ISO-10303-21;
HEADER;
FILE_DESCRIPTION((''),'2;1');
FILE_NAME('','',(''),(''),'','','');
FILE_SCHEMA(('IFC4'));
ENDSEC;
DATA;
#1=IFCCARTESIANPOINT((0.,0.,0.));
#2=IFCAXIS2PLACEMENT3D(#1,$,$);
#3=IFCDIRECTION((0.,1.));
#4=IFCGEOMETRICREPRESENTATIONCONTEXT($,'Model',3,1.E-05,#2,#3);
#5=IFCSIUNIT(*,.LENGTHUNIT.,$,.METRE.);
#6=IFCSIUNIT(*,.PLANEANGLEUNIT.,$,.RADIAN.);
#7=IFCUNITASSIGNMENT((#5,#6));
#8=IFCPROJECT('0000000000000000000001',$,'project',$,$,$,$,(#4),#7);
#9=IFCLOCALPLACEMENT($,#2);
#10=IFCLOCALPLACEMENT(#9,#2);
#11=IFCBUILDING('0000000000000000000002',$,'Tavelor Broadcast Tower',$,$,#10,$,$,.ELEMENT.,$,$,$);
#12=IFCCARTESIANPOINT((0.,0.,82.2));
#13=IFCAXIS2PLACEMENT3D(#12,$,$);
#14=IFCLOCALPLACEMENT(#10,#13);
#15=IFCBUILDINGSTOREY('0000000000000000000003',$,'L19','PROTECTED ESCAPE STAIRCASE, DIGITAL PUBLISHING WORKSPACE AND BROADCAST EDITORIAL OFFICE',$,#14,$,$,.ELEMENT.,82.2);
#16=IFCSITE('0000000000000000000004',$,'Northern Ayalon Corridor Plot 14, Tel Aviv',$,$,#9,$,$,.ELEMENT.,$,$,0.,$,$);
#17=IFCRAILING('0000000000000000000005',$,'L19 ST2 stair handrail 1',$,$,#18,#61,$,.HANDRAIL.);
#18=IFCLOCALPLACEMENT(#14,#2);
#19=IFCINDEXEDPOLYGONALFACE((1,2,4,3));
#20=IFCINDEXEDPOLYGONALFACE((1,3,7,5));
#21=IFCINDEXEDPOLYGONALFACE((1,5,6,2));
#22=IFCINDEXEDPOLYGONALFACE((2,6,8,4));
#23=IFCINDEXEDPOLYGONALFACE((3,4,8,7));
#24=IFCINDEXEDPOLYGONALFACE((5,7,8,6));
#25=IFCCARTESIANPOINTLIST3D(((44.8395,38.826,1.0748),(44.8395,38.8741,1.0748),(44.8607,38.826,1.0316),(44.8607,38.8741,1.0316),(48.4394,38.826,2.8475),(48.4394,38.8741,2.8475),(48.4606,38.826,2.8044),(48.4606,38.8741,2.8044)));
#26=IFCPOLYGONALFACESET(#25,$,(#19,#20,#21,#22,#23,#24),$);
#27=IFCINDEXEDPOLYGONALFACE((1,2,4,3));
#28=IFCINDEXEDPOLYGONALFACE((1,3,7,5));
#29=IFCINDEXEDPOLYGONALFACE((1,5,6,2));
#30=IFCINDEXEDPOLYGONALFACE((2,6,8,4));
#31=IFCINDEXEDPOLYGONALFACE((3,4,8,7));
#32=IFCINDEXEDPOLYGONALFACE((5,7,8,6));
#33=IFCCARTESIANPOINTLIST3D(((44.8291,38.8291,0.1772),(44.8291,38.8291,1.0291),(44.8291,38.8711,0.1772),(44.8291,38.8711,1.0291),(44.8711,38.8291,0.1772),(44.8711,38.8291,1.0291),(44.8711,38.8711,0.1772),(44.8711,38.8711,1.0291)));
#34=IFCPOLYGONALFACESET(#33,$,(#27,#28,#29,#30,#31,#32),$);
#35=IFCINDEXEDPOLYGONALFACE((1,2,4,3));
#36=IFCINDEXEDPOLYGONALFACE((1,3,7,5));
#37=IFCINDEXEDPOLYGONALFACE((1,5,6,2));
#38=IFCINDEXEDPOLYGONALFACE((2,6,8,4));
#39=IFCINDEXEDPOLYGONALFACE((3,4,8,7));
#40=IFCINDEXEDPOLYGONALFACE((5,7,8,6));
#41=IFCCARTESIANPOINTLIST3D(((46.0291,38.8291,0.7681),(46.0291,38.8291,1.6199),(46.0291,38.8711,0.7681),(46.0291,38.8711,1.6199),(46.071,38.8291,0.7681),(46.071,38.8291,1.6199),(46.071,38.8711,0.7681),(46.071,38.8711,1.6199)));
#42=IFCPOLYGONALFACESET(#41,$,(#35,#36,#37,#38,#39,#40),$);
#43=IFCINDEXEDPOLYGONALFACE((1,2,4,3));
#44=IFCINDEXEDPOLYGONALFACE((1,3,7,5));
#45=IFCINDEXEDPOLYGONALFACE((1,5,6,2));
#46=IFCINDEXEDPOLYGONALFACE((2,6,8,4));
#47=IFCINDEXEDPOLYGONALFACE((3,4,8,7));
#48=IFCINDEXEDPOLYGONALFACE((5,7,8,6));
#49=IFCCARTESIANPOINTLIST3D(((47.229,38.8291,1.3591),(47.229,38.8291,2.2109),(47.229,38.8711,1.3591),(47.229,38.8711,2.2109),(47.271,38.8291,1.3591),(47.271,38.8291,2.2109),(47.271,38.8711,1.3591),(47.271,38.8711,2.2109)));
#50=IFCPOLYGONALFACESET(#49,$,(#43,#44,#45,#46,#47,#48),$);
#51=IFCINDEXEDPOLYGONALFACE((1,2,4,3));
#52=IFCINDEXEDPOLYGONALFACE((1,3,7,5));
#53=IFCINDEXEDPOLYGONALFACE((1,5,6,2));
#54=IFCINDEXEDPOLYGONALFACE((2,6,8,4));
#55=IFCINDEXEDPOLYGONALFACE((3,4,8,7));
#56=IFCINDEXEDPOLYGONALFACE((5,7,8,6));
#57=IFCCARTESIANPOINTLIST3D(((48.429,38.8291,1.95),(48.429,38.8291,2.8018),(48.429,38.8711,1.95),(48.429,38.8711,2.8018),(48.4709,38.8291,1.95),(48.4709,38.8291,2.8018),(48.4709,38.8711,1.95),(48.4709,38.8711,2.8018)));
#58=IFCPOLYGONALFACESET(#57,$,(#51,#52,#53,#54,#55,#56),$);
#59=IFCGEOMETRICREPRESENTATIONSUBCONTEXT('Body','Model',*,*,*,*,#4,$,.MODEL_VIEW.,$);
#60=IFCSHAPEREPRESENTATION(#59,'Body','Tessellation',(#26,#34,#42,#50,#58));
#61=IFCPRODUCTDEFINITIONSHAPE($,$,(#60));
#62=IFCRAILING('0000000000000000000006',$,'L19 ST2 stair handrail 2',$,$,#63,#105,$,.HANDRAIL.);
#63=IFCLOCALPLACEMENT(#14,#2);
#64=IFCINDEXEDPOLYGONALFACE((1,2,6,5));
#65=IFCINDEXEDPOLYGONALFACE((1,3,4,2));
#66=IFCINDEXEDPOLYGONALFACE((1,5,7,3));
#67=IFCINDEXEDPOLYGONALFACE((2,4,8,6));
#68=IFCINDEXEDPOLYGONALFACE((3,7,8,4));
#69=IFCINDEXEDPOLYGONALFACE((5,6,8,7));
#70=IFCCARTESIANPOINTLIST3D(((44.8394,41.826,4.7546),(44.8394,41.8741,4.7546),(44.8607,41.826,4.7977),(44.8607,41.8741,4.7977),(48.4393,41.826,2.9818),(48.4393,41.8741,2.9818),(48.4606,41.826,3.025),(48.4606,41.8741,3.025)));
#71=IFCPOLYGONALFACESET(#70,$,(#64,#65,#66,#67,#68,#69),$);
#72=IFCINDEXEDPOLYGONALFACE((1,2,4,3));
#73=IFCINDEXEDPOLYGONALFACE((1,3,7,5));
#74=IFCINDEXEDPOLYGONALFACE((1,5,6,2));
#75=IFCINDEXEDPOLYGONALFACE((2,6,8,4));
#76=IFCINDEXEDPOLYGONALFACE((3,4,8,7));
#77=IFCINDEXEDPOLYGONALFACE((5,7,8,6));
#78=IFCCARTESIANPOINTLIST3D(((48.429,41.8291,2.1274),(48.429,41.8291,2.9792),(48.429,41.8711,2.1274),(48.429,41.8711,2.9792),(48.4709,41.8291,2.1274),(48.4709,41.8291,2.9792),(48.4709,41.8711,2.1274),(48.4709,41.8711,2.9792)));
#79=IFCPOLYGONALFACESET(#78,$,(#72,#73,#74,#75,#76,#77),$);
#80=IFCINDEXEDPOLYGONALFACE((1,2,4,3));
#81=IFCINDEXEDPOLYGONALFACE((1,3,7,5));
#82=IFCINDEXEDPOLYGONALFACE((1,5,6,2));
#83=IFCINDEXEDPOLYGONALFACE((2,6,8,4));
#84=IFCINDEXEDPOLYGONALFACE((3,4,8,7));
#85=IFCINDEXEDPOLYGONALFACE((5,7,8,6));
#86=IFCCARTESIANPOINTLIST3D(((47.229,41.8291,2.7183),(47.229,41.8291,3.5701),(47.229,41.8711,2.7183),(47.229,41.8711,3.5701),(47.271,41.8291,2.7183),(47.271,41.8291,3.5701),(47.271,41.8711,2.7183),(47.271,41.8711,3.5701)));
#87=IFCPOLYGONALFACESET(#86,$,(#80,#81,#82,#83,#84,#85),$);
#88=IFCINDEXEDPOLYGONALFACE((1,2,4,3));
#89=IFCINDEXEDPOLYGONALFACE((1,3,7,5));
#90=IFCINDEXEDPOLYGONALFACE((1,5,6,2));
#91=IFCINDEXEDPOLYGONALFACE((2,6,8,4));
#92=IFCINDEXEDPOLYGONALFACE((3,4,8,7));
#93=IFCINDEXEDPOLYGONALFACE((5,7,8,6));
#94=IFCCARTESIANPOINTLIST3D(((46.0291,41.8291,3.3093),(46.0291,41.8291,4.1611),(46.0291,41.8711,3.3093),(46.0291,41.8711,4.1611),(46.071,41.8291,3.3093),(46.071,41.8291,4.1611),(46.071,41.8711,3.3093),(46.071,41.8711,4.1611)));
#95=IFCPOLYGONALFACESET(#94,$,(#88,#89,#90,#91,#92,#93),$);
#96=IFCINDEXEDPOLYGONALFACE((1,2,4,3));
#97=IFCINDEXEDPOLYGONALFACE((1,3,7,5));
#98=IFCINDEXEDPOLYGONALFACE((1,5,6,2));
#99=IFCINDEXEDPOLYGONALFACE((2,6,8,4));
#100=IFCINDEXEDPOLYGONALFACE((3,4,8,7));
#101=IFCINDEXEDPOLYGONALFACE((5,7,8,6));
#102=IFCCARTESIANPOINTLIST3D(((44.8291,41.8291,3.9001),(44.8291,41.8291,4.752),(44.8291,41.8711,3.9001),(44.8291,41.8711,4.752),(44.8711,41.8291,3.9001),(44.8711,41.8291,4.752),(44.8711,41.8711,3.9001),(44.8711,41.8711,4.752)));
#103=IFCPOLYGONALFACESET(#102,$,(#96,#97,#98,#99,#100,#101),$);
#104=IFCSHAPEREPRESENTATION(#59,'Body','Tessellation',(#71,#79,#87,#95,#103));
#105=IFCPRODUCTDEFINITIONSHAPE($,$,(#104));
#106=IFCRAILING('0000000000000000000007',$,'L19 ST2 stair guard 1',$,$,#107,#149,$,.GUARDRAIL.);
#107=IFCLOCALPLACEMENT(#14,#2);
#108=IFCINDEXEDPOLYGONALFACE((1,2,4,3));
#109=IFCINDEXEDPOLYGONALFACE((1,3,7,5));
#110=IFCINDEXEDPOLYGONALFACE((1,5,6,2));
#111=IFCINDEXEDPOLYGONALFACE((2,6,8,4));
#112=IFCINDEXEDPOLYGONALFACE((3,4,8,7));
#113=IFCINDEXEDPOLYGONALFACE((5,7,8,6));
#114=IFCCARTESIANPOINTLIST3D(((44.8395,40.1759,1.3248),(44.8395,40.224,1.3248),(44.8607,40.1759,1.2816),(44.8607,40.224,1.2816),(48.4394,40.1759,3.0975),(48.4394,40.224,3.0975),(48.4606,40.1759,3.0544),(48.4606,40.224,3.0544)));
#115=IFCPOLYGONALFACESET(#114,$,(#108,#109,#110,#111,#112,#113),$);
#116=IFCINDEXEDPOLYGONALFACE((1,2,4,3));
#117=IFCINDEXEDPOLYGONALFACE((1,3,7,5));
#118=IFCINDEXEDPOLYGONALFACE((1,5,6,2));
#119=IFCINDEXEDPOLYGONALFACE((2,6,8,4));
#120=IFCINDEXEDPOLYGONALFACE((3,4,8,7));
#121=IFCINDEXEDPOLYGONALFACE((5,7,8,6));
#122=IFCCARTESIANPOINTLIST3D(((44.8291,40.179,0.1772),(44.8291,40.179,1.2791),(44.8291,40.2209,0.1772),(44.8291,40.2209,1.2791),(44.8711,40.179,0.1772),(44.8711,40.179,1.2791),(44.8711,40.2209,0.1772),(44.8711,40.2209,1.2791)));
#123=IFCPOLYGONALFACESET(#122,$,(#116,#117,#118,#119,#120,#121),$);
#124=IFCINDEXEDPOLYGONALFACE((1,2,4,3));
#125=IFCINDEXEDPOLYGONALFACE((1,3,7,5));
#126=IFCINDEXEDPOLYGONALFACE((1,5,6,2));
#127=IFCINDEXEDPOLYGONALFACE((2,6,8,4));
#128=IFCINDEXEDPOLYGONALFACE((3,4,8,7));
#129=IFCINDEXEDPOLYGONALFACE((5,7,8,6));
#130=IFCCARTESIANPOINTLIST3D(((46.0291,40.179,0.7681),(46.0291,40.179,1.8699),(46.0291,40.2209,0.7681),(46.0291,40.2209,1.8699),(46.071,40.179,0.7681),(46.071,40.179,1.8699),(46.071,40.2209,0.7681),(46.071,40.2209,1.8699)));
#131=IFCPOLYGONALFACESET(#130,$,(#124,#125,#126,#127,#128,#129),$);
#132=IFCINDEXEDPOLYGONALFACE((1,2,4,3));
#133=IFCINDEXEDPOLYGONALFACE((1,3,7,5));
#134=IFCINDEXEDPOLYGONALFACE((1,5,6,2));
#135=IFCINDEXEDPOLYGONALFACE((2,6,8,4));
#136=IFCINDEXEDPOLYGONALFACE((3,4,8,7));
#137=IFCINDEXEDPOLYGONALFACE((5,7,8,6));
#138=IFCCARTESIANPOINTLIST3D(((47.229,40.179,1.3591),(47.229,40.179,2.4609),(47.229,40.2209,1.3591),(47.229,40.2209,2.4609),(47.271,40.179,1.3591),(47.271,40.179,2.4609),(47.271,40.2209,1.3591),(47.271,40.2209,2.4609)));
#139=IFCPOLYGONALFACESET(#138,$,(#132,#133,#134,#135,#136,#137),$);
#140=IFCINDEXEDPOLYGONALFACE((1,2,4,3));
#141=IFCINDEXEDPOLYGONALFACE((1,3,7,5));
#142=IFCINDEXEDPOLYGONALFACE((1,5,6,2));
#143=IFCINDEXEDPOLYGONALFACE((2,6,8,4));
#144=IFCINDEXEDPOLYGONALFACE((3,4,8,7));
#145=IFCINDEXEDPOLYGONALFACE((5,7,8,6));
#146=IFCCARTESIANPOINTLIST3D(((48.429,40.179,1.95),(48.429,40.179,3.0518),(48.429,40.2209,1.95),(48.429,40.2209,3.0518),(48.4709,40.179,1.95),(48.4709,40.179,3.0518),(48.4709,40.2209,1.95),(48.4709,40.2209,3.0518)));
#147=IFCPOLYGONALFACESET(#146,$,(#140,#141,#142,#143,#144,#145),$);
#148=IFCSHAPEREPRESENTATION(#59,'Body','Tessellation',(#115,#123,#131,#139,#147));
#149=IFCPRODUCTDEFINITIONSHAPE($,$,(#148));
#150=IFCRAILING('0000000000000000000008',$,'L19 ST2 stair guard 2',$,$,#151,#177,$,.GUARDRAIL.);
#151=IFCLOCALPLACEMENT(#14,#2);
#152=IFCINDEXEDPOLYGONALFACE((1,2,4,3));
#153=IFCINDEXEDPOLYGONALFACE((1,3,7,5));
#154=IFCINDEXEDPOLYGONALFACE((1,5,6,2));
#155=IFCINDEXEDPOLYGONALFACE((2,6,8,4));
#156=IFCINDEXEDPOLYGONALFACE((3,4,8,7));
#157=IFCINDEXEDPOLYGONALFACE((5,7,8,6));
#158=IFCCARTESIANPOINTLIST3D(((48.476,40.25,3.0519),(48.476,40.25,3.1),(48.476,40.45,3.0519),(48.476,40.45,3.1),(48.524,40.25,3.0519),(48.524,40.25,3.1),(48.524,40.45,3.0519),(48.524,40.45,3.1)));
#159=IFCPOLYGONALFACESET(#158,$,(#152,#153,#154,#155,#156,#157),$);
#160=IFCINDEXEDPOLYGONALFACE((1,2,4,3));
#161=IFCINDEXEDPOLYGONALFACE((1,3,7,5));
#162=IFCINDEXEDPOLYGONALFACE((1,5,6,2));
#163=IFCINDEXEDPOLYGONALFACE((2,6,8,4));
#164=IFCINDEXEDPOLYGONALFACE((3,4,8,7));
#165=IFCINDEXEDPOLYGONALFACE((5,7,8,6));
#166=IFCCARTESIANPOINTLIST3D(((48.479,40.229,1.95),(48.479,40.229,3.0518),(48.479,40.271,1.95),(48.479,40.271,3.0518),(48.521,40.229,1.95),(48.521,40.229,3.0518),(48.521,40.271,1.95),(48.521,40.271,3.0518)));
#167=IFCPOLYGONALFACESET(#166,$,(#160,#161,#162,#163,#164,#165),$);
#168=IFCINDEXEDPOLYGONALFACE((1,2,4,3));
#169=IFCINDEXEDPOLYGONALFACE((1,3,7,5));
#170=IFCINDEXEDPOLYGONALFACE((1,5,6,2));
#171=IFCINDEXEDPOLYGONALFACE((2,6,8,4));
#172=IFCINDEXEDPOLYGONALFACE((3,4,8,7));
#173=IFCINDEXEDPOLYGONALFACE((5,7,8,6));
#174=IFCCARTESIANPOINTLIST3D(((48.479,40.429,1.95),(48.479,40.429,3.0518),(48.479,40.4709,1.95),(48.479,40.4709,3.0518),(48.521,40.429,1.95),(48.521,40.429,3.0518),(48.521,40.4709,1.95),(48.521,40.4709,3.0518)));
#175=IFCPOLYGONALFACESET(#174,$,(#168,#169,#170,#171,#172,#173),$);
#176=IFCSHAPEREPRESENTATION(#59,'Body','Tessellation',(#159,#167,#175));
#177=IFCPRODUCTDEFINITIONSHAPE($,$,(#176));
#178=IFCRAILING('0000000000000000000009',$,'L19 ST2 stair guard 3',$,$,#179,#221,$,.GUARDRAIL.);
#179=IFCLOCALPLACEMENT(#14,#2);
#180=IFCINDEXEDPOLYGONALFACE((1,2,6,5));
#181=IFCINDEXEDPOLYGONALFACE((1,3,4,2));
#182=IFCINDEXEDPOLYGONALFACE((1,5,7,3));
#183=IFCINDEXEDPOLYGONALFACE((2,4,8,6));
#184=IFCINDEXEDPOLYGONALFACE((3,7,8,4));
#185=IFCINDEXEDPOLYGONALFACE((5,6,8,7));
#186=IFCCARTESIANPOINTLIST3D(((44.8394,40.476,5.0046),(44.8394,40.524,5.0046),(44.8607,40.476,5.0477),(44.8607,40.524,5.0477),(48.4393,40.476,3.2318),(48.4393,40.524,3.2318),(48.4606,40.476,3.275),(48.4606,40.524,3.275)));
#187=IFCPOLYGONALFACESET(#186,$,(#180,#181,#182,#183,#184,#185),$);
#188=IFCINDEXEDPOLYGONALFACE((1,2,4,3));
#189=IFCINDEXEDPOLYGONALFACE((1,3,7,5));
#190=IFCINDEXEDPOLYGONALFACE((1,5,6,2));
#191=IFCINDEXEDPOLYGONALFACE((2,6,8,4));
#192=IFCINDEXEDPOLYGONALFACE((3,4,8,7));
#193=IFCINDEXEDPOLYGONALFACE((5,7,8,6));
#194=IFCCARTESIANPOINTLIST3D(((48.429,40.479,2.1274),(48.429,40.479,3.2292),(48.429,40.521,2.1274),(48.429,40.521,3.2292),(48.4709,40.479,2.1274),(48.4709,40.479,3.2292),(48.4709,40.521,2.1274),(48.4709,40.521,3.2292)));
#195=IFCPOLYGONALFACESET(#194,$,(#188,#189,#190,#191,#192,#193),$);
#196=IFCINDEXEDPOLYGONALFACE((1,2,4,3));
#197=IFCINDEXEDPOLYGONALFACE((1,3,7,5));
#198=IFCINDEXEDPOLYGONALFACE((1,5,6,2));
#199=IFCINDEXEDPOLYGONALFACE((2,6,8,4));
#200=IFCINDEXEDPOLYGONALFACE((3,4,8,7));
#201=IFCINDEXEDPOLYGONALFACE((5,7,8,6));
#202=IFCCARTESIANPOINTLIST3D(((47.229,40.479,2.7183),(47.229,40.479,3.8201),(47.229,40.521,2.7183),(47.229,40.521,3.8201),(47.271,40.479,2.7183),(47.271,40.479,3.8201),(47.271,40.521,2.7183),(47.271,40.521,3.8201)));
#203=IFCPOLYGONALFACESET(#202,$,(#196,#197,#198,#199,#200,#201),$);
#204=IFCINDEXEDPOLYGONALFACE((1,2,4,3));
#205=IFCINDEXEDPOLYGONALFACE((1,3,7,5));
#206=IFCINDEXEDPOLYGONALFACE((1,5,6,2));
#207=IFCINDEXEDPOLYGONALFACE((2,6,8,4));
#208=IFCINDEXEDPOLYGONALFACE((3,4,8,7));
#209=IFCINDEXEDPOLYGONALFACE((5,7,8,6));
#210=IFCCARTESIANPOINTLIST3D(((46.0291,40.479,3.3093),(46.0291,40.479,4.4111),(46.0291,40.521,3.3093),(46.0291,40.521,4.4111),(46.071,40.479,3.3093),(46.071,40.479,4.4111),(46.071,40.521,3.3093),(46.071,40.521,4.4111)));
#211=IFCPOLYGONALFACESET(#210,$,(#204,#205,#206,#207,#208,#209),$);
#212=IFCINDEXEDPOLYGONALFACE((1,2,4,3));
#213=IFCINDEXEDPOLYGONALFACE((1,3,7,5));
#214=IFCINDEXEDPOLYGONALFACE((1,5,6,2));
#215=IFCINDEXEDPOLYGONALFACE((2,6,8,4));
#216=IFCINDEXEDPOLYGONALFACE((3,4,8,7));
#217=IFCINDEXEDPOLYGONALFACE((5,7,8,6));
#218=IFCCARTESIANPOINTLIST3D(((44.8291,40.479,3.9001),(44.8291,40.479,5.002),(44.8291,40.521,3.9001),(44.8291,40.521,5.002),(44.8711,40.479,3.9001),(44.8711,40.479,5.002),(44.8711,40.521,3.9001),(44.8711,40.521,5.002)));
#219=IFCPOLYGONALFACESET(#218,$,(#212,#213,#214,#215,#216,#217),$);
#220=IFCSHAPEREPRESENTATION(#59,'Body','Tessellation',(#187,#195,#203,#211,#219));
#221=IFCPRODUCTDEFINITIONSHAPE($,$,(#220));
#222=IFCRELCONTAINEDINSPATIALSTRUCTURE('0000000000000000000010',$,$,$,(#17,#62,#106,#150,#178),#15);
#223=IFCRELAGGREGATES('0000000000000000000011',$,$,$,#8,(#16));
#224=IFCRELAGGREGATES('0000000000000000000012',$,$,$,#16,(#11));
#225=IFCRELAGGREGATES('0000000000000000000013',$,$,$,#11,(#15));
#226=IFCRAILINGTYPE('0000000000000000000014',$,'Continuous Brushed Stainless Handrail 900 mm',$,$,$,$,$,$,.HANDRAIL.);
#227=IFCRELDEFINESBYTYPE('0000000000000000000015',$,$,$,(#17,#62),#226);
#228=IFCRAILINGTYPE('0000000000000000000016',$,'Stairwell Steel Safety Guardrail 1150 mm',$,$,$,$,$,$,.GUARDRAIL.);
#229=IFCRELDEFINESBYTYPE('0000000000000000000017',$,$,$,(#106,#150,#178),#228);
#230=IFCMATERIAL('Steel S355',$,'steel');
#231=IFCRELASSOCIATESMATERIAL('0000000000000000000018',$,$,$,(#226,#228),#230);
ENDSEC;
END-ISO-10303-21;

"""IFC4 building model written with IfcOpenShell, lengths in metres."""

from ifc_helpers import new_model, si_unit, direction, frame, origin, origin_2d, place, context, subcontext, project, spatial, rectangle, extrude, material, type_object, element, save


model = new_model("IFC4")

# Units and contexts
model_context = context("Model", 3, precision=1e-05, world=origin(), true_north=direction((0.0, 1.0)))
body_context = subcontext(model_context, "Body", "Model", "MODEL_VIEW")
ifc_project = project(units=[si_unit("LENGTHUNIT", "METRE"), si_unit("PLANEANGLEUNIT", "RADIAN")], contexts=[model_context])

# Site, building, storey
site_placement = place(None, origin())
site = spatial("IfcSite", under=ifc_project, at=site_placement, Name="Northern Ayalon Corridor Plot 14, Tel Aviv", CompositionType="ELEMENT", RefElevation=0.0)
building_placement = place(site_placement, origin())
building = spatial("IfcBuilding", under=site, at=building_placement, Name="Tavelor Broadcast Tower", CompositionType="ELEMENT")
storey_placement = place(building_placement, frame((0.0, 0.0, 82.2)))
storey = spatial("IfcBuildingStorey", under=building, at=storey_placement, Name="L19", Description="PROTECTED ESCAPE STAIRCASE, DIGITAL PUBLISHING WORKSPACE AND BROADCAST EDITORIAL OFFICE", CompositionType="ELEMENT", Elevation=82.2)

# Shared definitions
ifc_material_1 = material(Name="Steel S355", Category="steel")

# Railings
railing_type_1 = type_object("IfcRailingType", Name="Continuous Brushed Stainless Handrail 900 mm", PredefinedType="HANDRAIL", material=ifc_material_1)
railing_1_placement = place(storey_placement, frame((44.8501, 38.8501, 0.1772)))
element("IfcRailing", 1, at=railing_1_placement, inside=storey, type_object=railing_type_1, Name="L19 ST2 stair handrail 1", PredefinedType="HANDRAIL", context=body_context, shape_type="SweptSolid", body=[
    extrude(rectangle(XDim=0.0481, YDim=0.0481, at=origin_2d()), frame((0.0, 0.0, 0.876), z_axis=(0.897124, 0.0, 0.441778), x_axis=(0.0, 1.0, 0.0)), (0.0, 0.0, 1.0), 4.0127),
    extrude(rectangle(XDim=0.042, YDim=0.042, at=origin_2d()), origin(), (0.0, 0.0, 1.0), 0.8518),
    extrude(rectangle(XDim=0.042, YDim=0.042, at=origin_2d()), frame((1.2, 0.0, 0.5908)), (0.0, 0.0, 1.0), 0.8518),
    extrude(rectangle(XDim=0.042, YDim=0.042, at=origin_2d()), frame((2.3999, 0.0, 1.1819)), (0.0, 0.0, 1.0), 0.8518),
    extrude(rectangle(XDim=0.042, YDim=0.042, at=origin_2d()), frame((3.5999, 0.0, 1.7727)), (0.0, 0.0, 1.0), 0.8518),
])
railing_2_placement = place(storey_placement, frame((48.45, 41.8501, 2.1274)))
element("IfcRailing", 2, at=railing_2_placement, inside=storey, type_object=railing_type_1, Name="L19 ST2 stair handrail 2", PredefinedType="HANDRAIL", context=body_context, shape_type="SweptSolid", body=[
    extrude(rectangle(XDim=0.0481, YDim=0.0481, at=origin_2d()), frame((0.0, 0.0, 0.876), z_axis=(-0.897124, 0.0, 0.441778), x_axis=(0.0, -1.0, 0.0)), (0.0, 0.0, 1.0), 4.0127),
    extrude(rectangle(XDim=0.042, YDim=0.042, at=origin_2d()), origin(), (0.0, 0.0, 1.0), 0.8518),
    extrude(rectangle(XDim=0.042, YDim=0.042, at=origin_2d()), frame((-1.2, 0.0, 0.5908)), (0.0, 0.0, 1.0), 0.8518),
    extrude(rectangle(XDim=0.042, YDim=0.042, at=origin_2d()), frame((-2.3999, 0.0, 1.1819)), (0.0, 0.0, 1.0), 0.8518),
    extrude(rectangle(XDim=0.042, YDim=0.042, at=origin_2d()), frame((-3.5999, 0.0, 1.7727)), (0.0, 0.0, 1.0), 0.8518),
])
railing_type_2 = type_object("IfcRailingType", Name="Stairwell Steel Safety Guardrail 1150 mm", PredefinedType="GUARDRAIL", material=ifc_material_1)
railing_3_placement = place(storey_placement, frame((44.8501, 40.2, 0.1772)))
element("IfcRailing", 3, at=railing_3_placement, inside=storey, type_object=railing_type_2, Name="L19 ST2 stair guard 1", PredefinedType="GUARDRAIL", context=body_context, shape_type="SweptSolid", body=[
    extrude(rectangle(XDim=0.0481, YDim=0.0481, at=origin_2d()), frame((0.0, 0.0, 1.126), z_axis=(0.897124, 0.0, 0.441778), x_axis=(0.0, 1.0, 0.0)), (0.0, 0.0, 1.0), 4.0127),
    extrude(rectangle(XDim=0.042, YDim=0.042, at=origin_2d()), origin(), (0.0, 0.0, 1.0), 1.1018),
    extrude(rectangle(XDim=0.042, YDim=0.042, at=origin_2d()), frame((1.2, 0.0, 0.5908)), (0.0, 0.0, 1.0), 1.1018),
    extrude(rectangle(XDim=0.042, YDim=0.042, at=origin_2d()), frame((2.3999, 0.0, 1.1819)), (0.0, 0.0, 1.0), 1.1018),
    extrude(rectangle(XDim=0.042, YDim=0.042, at=origin_2d()), frame((3.5999, 0.0, 1.7727)), (0.0, 0.0, 1.0), 1.1018),
])
railing_4_placement = place(storey_placement, frame((48.5, 40.25, 1.95)))
element("IfcRailing", 4, at=railing_4_placement, inside=storey, type_object=railing_type_2, Name="L19 ST2 stair guard 2", PredefinedType="GUARDRAIL", context=body_context, shape_type="SweptSolid", body=[
    extrude(rectangle(XDim=0.0481, YDim=0.0481, at=origin_2d()), frame((0.0, 0.0, 1.126), z_axis=(0.0, 1.0, 0.0), x_axis=(-1.0, 0.0, 0.0)), (0.0, 0.0, 1.0), 0.2),
    extrude(rectangle(XDim=0.042, YDim=0.042, at=origin_2d()), origin(), (0.0, 0.0, 1.0), 1.1018),
    extrude(rectangle(XDim=0.042, YDim=0.042, at=origin_2d()), frame((0.0, 0.2, 0.0)), (0.0, 0.0, 1.0), 1.1018),
])
railing_5_placement = place(storey_placement, frame((48.45, 40.5, 2.1274)))
element("IfcRailing", 5, at=railing_5_placement, inside=storey, type_object=railing_type_2, Name="L19 ST2 stair guard 3", PredefinedType="GUARDRAIL", context=body_context, shape_type="SweptSolid", body=[
    extrude(rectangle(XDim=0.0481, YDim=0.0481, at=origin_2d()), frame((0.0, 0.0, 1.126), z_axis=(-0.897124, 0.0, 0.441778), x_axis=(0.0, -1.0, 0.0)), (0.0, 0.0, 1.0), 4.0127),
    extrude(rectangle(XDim=0.042, YDim=0.042, at=origin_2d()), origin(), (0.0, 0.0, 1.0), 1.1018),
    extrude(rectangle(XDim=0.042, YDim=0.042, at=origin_2d()), frame((-1.2, 0.0, 0.5908)), (0.0, 0.0, 1.0), 1.1018),
    extrude(rectangle(XDim=0.042, YDim=0.042, at=origin_2d()), frame((-2.3999, 0.0, 1.1819)), (0.0, 0.0, 1.0), 1.1018),
    extrude(rectangle(XDim=0.042, YDim=0.042, at=origin_2d()), frame((-3.5999, 0.0, 1.7727)), (0.0, 0.0, 1.0), 1.1018),
])

save(model, "model.ifc")
